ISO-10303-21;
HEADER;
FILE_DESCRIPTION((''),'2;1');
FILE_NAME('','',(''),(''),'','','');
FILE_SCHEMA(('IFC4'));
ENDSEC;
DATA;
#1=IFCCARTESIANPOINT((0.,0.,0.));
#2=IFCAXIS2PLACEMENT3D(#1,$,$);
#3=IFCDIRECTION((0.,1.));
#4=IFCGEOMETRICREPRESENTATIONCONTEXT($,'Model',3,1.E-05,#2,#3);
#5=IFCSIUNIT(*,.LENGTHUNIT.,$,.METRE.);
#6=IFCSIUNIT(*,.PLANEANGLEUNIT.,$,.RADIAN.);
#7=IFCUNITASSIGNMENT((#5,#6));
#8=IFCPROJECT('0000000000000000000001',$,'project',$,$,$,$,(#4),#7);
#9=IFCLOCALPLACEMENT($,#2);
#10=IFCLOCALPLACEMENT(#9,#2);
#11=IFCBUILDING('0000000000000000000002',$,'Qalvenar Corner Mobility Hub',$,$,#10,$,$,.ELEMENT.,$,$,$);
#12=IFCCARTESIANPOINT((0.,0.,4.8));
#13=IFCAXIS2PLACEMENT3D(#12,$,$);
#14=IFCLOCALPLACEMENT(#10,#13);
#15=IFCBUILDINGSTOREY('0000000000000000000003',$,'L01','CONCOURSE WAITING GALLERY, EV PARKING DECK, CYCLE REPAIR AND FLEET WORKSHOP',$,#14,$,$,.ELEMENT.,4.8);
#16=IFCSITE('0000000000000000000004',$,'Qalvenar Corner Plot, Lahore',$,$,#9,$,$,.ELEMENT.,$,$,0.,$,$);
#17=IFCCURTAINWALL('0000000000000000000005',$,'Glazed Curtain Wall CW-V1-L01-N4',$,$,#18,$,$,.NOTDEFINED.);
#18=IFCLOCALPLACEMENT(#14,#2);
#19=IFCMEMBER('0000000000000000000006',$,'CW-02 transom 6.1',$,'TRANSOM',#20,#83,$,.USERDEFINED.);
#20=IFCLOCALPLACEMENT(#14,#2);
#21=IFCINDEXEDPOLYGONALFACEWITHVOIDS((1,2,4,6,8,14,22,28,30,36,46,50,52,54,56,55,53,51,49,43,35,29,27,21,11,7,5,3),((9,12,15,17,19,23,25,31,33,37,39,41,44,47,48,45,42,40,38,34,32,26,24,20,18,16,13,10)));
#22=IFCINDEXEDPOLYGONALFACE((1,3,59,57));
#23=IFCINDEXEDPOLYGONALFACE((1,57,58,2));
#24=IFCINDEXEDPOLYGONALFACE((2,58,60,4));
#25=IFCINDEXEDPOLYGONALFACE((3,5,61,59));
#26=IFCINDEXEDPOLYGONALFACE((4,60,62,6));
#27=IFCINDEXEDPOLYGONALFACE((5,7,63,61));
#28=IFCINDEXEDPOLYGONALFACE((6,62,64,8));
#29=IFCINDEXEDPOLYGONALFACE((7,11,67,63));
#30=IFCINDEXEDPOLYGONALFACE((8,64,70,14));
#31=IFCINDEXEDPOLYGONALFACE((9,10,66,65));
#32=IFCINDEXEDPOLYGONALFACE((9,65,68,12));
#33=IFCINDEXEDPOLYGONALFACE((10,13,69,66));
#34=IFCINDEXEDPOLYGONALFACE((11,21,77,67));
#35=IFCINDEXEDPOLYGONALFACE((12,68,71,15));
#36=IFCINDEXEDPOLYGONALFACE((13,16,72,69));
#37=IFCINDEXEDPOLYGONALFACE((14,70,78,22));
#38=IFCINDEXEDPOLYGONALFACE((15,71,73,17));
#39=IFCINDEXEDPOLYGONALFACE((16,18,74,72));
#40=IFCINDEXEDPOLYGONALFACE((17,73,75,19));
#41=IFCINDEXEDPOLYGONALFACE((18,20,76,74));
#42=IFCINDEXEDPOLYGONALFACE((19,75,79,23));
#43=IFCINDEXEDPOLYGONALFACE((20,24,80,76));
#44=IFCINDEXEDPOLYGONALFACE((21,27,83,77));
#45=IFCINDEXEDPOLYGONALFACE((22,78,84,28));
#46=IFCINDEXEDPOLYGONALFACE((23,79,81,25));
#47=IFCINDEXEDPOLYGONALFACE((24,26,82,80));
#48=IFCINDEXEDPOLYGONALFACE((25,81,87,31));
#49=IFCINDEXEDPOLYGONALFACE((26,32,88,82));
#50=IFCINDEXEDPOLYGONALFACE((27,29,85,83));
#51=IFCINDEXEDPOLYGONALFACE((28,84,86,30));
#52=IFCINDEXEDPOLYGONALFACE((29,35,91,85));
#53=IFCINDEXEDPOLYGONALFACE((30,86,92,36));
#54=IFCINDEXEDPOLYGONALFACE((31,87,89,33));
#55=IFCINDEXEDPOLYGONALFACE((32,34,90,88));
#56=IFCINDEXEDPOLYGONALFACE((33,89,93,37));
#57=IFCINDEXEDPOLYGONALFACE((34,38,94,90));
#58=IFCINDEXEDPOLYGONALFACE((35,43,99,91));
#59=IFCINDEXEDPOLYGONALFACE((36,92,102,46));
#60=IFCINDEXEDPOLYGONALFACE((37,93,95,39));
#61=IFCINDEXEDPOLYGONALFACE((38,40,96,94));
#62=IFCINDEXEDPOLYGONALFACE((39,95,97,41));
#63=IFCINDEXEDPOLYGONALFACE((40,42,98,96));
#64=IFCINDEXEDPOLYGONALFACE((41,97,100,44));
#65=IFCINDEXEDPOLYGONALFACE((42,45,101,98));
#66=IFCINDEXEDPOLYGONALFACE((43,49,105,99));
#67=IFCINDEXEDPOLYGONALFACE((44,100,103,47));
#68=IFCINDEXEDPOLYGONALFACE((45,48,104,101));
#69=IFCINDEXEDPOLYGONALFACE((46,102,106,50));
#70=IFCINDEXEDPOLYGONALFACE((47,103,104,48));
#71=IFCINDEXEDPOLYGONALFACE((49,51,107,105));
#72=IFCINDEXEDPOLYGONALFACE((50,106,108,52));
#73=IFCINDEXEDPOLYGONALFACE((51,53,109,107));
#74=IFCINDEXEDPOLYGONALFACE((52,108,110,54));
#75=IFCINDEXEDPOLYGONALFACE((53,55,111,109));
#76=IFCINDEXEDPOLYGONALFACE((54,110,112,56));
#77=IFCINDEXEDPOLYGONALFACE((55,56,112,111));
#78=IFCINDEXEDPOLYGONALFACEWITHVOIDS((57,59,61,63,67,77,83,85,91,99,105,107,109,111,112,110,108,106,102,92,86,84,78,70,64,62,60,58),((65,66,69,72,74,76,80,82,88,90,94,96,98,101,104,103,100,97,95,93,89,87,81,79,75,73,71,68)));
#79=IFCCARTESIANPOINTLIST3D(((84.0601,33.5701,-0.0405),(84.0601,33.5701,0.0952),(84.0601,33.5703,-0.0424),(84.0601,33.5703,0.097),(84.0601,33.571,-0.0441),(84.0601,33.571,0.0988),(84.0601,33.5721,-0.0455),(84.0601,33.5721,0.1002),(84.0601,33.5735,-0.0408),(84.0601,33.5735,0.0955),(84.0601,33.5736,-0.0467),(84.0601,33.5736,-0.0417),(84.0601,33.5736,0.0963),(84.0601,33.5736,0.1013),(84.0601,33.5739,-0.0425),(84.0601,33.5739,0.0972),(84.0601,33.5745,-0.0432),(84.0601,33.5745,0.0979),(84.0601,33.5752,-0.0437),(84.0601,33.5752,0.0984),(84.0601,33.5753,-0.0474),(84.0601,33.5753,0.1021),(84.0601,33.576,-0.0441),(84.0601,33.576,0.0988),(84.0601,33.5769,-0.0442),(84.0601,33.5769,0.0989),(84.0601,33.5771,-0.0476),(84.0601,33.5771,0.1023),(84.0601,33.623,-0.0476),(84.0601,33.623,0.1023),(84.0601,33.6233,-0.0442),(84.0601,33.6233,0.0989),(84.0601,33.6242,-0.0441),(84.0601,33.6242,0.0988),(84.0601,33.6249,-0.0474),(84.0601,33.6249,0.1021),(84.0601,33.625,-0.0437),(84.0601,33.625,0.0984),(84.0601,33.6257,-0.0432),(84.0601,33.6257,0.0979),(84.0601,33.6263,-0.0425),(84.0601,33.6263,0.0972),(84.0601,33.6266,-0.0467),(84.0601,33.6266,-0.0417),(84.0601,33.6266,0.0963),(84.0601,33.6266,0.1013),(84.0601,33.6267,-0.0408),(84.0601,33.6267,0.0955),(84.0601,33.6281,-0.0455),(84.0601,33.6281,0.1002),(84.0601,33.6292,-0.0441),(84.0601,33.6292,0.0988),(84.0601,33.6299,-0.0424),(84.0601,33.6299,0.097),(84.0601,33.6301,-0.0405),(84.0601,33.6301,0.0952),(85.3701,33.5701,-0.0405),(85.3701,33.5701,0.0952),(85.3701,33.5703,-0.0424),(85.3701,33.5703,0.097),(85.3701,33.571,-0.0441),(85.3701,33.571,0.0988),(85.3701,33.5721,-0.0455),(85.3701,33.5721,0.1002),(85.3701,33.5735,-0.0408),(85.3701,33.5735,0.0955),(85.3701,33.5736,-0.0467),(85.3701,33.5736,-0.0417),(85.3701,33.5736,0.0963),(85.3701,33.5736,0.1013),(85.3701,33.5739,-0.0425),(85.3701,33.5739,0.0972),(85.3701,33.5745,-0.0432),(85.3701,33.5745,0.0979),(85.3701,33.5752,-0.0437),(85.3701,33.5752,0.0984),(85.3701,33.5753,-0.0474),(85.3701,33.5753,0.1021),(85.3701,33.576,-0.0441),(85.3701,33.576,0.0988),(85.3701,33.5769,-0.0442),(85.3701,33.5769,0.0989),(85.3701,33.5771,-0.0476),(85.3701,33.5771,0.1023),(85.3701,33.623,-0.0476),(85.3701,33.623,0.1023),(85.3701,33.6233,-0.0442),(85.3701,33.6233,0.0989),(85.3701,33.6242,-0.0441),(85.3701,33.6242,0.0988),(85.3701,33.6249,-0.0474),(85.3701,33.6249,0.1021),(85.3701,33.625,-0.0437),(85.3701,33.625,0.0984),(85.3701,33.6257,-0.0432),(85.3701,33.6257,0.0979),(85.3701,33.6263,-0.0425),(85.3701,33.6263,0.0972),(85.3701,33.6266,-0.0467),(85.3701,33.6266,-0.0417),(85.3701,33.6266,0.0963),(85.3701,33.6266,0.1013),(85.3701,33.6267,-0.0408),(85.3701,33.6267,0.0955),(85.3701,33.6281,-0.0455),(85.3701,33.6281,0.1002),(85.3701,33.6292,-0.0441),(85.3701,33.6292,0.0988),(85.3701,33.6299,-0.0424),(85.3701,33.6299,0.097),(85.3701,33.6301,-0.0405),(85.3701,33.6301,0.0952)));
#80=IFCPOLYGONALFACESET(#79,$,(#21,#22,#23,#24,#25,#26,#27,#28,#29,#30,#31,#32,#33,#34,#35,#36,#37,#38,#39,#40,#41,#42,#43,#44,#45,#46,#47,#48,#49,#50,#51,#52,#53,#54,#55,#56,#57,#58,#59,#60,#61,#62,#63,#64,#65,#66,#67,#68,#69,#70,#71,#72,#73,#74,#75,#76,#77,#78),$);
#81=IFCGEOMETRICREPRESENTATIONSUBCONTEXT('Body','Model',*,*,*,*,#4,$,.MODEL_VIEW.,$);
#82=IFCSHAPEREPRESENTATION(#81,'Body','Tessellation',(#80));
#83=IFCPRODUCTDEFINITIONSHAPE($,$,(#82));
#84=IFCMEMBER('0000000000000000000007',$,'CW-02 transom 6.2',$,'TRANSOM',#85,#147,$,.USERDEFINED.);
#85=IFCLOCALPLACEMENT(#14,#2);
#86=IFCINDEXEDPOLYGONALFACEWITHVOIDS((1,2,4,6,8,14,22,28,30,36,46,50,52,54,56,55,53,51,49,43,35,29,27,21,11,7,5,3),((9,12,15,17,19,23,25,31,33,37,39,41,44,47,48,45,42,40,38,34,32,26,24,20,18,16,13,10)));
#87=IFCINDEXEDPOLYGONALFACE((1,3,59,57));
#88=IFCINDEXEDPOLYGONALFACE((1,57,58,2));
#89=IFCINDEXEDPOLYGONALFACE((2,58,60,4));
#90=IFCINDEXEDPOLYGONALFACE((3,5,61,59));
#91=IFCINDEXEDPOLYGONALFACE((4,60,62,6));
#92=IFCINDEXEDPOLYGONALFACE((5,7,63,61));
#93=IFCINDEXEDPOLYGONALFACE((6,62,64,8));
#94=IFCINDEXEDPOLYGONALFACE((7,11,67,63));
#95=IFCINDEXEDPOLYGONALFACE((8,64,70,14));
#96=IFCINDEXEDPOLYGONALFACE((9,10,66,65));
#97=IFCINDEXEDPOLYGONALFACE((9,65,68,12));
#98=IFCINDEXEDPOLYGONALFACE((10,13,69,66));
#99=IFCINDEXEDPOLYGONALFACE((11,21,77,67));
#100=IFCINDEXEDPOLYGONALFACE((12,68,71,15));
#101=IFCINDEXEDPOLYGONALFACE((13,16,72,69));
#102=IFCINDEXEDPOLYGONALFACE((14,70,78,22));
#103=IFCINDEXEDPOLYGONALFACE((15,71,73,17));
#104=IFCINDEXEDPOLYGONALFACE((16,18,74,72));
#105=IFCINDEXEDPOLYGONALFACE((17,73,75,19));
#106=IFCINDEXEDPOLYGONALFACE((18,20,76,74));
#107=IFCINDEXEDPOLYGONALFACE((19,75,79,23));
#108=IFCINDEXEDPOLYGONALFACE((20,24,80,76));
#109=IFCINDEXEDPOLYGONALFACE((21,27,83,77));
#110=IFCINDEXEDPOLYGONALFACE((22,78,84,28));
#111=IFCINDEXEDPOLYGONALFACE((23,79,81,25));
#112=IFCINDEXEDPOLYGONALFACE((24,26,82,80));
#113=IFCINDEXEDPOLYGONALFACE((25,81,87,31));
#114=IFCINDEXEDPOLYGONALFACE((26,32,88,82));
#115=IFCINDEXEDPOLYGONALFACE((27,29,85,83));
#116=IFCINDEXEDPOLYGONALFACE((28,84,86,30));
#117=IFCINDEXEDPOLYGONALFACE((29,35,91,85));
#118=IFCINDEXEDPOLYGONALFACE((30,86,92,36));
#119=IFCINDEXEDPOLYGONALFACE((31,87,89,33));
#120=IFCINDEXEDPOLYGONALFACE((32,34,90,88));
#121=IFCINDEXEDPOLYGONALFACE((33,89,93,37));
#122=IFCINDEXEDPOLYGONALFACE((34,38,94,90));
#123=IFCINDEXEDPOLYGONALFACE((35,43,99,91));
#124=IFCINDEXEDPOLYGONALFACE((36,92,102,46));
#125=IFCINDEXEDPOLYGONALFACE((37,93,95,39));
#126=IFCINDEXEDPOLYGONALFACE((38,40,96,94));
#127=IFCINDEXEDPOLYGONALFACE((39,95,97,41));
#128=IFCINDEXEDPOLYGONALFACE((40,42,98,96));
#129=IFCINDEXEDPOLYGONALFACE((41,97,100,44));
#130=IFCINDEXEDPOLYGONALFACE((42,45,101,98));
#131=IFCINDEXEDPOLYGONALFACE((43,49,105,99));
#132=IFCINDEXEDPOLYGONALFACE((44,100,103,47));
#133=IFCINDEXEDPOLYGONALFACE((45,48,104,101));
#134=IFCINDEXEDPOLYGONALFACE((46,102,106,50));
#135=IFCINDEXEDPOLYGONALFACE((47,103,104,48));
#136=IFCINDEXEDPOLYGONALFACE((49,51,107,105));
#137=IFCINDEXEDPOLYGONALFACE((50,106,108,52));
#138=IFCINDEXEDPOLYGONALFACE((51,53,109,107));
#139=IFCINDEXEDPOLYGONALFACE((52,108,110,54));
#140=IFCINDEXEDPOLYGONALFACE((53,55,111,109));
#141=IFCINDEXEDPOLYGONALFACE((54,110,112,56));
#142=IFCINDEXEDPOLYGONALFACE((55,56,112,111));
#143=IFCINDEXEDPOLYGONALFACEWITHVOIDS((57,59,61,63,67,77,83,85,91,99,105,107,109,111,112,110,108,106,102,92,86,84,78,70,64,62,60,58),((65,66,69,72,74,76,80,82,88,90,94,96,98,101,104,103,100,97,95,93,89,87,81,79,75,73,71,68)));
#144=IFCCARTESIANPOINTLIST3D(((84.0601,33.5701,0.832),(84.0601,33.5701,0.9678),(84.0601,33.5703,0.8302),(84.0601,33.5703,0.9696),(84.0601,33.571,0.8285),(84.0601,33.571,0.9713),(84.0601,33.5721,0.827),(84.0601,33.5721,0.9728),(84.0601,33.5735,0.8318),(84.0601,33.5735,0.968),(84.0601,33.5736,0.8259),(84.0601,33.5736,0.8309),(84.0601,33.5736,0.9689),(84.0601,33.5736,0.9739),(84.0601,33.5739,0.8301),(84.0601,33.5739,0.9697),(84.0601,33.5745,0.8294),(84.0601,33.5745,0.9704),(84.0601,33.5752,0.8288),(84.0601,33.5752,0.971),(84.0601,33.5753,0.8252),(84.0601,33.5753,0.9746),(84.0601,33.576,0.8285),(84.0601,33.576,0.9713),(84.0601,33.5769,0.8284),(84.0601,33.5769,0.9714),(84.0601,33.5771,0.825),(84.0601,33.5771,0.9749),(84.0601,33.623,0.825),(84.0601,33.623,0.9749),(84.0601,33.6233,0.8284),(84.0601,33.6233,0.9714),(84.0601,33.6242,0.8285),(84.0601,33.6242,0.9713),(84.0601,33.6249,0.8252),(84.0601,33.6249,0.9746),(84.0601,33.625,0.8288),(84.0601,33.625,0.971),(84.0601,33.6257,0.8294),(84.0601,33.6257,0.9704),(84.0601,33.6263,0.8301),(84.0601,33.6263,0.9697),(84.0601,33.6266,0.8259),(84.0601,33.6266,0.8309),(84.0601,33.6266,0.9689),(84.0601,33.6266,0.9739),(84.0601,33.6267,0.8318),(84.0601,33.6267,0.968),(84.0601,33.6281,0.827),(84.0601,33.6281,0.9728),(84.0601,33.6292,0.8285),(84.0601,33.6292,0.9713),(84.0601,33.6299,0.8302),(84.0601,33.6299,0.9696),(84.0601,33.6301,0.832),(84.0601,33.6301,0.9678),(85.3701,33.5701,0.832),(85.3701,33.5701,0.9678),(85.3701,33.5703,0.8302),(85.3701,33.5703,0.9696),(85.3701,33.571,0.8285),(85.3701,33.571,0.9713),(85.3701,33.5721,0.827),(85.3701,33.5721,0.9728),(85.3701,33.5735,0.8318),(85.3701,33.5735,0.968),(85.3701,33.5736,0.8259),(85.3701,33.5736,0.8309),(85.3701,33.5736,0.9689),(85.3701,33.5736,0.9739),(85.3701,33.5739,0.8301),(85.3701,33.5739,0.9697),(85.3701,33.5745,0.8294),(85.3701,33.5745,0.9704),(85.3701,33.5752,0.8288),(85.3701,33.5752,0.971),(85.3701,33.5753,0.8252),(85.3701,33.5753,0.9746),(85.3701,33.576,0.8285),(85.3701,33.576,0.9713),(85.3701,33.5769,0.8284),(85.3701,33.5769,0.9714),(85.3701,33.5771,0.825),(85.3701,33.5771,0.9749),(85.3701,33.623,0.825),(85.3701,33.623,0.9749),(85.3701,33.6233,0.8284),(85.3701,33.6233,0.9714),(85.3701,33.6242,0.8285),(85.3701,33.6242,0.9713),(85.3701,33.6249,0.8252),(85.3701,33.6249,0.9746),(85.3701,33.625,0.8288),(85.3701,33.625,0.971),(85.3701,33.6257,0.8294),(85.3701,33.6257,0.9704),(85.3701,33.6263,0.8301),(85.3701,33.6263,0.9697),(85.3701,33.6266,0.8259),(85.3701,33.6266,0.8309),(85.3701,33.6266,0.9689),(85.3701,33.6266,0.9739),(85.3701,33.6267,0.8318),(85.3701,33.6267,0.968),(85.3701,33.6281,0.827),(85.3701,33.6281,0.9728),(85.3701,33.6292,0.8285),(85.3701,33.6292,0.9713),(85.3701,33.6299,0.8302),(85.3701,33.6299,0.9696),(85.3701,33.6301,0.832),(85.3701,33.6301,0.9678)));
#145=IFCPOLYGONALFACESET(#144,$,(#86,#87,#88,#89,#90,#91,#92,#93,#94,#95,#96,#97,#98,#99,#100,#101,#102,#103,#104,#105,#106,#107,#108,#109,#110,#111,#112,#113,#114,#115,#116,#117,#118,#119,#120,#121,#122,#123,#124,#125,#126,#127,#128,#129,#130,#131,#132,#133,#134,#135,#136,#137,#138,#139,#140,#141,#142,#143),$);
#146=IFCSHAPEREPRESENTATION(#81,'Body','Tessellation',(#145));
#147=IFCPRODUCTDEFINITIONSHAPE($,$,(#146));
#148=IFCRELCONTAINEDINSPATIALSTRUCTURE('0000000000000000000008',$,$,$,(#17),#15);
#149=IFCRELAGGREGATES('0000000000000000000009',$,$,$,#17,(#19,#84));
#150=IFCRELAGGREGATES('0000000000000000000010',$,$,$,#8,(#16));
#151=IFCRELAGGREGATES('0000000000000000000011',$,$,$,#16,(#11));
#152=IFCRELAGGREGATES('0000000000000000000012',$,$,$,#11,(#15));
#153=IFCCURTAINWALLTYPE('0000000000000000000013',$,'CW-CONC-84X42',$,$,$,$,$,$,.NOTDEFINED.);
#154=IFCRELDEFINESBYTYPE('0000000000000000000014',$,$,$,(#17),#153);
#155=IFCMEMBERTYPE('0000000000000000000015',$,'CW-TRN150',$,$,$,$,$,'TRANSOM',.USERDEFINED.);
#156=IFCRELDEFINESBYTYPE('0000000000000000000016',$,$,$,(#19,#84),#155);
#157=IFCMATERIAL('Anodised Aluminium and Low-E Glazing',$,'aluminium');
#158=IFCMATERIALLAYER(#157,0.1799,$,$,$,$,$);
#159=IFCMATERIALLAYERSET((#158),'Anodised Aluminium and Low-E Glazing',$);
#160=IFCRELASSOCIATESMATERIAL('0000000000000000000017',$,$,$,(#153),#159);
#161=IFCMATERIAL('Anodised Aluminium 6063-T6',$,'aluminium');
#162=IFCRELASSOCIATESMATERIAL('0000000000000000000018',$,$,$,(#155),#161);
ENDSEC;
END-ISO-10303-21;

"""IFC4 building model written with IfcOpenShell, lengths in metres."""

from ifc_helpers import new_model, si_unit, direction, frame, origin, origin_2d, place, context, subcontext, project, spatial, hollow_rectangle, extrude, material, layer, layer_set, material_profile, profile_set, type_object, element, aggregate, save


model = new_model("IFC4")

# Units and contexts
model_context = context("Model", 3, precision=1e-05, world=origin(), true_north=direction((0.0, 1.0)))
body_context = subcontext(model_context, "Body", "Model", "MODEL_VIEW")
ifc_project = project(units=[si_unit("LENGTHUNIT", "METRE"), si_unit("PLANEANGLEUNIT", "RADIAN")], contexts=[model_context])

# Site, building, storey
site_placement = place(None, origin())
site = spatial("IfcSite", under=ifc_project, at=site_placement, Name="Qalvenar Corner Plot, Lahore", CompositionType="ELEMENT", RefElevation=0.0)
building_placement = place(site_placement, origin())
building = spatial("IfcBuilding", under=site, at=building_placement, Name="Qalvenar Corner Mobility Hub", CompositionType="ELEMENT")
storey_placement = place(building_placement, frame((0.0, 0.0, 4.8)))
storey = spatial("IfcBuildingStorey", under=building, at=storey_placement, Name="L01", Description="CONCOURSE WAITING GALLERY, EV PARKING DECK, CYCLE REPAIR AND FLEET WORKSHOP", CompositionType="ELEMENT", Elevation=4.8)

# Curtain wall
ifc_material_1 = material(Name="Anodised Aluminium and Low-E Glazing", Category="aluminium")
ifc_layer_1 = layer(ifc_material_1, 0.1799)
ifc_layer_set_1 = layer_set([ifc_layer_1], Name="Anodised Aluminium and Low-E Glazing")
curtain_wall_type = type_object("IfcCurtainWallType", Name="CW-CONC-84X42", PredefinedType="NOTDEFINED", material=ifc_layer_set_1)
ifc_material_2 = material(Name="Anodised Aluminium 6063-T6", Category="aluminium")
curtain_wall_1_placement = place(storey_placement, origin())
curtain_wall_1 = element("IfcCurtainWall", 1, at=curtain_wall_1_placement, inside=storey, type_object=curtain_wall_type, Name="Glazed Curtain Wall CW-V1-L01-N4", PredefinedType="NOTDEFINED")

# Members
ifc_material_profile_1 = material_profile(ifc_material_2, hollow_rectangle(XDim=0.0601, YDim=0.1499, WallThickness=0.0034, InnerFilletRadius=0.0034, OuterFilletRadius=0.0071, at=origin_2d()), Name="RHS150x60x3.5")
ifc_profile_set_1 = profile_set([ifc_material_profile_1], Name="Anodised Aluminium 6063-T6")
member_type_1 = type_object("IfcMemberType", Name="CW-TRN150", ElementType="TRANSOM", PredefinedType="USERDEFINED", material=ifc_profile_set_1)
member_1_placement = place(storey_placement, frame((85.3701, 33.6001, 0.0273), z_axis=(-1.0, 0.0, 0.0), x_axis=(0.0, -1.0, 0.0)))
member_1 = element("IfcMember", 2, at=member_1_placement, type_object=member_type_1, Name="CW-02 transom 6.1", ObjectType="TRANSOM", PredefinedType="USERDEFINED", context=body_context, shape_type="SweptSolid", body=[
    extrude(hollow_rectangle(XDim=0.0601, YDim=0.1499, WallThickness=0.0034, InnerFilletRadius=0.0034, OuterFilletRadius=0.0071, at=origin_2d()), origin(), (0.0, 0.0, 1.0), 1.3101),
])
member_2_placement = place(storey_placement, frame((85.3701, 33.6001, 0.8999), z_axis=(-1.0, 0.0, 0.0), x_axis=(0.0, -1.0, 0.0)))
member_2 = element("IfcMember", 3, at=member_2_placement, type_object=member_type_1, Name="CW-02 transom 6.2", ObjectType="TRANSOM", PredefinedType="USERDEFINED", context=body_context, shape_type="SweptSolid", body=[
    extrude(hollow_rectangle(XDim=0.0601, YDim=0.1499, WallThickness=0.0034, InnerFilletRadius=0.0034, OuterFilletRadius=0.0071, at=origin_2d()), origin(), (0.0, 0.0, 1.0), 1.3101),
])

aggregate(curtain_wall_1, [member_1, member_2])

save(model, "model.ifc")
